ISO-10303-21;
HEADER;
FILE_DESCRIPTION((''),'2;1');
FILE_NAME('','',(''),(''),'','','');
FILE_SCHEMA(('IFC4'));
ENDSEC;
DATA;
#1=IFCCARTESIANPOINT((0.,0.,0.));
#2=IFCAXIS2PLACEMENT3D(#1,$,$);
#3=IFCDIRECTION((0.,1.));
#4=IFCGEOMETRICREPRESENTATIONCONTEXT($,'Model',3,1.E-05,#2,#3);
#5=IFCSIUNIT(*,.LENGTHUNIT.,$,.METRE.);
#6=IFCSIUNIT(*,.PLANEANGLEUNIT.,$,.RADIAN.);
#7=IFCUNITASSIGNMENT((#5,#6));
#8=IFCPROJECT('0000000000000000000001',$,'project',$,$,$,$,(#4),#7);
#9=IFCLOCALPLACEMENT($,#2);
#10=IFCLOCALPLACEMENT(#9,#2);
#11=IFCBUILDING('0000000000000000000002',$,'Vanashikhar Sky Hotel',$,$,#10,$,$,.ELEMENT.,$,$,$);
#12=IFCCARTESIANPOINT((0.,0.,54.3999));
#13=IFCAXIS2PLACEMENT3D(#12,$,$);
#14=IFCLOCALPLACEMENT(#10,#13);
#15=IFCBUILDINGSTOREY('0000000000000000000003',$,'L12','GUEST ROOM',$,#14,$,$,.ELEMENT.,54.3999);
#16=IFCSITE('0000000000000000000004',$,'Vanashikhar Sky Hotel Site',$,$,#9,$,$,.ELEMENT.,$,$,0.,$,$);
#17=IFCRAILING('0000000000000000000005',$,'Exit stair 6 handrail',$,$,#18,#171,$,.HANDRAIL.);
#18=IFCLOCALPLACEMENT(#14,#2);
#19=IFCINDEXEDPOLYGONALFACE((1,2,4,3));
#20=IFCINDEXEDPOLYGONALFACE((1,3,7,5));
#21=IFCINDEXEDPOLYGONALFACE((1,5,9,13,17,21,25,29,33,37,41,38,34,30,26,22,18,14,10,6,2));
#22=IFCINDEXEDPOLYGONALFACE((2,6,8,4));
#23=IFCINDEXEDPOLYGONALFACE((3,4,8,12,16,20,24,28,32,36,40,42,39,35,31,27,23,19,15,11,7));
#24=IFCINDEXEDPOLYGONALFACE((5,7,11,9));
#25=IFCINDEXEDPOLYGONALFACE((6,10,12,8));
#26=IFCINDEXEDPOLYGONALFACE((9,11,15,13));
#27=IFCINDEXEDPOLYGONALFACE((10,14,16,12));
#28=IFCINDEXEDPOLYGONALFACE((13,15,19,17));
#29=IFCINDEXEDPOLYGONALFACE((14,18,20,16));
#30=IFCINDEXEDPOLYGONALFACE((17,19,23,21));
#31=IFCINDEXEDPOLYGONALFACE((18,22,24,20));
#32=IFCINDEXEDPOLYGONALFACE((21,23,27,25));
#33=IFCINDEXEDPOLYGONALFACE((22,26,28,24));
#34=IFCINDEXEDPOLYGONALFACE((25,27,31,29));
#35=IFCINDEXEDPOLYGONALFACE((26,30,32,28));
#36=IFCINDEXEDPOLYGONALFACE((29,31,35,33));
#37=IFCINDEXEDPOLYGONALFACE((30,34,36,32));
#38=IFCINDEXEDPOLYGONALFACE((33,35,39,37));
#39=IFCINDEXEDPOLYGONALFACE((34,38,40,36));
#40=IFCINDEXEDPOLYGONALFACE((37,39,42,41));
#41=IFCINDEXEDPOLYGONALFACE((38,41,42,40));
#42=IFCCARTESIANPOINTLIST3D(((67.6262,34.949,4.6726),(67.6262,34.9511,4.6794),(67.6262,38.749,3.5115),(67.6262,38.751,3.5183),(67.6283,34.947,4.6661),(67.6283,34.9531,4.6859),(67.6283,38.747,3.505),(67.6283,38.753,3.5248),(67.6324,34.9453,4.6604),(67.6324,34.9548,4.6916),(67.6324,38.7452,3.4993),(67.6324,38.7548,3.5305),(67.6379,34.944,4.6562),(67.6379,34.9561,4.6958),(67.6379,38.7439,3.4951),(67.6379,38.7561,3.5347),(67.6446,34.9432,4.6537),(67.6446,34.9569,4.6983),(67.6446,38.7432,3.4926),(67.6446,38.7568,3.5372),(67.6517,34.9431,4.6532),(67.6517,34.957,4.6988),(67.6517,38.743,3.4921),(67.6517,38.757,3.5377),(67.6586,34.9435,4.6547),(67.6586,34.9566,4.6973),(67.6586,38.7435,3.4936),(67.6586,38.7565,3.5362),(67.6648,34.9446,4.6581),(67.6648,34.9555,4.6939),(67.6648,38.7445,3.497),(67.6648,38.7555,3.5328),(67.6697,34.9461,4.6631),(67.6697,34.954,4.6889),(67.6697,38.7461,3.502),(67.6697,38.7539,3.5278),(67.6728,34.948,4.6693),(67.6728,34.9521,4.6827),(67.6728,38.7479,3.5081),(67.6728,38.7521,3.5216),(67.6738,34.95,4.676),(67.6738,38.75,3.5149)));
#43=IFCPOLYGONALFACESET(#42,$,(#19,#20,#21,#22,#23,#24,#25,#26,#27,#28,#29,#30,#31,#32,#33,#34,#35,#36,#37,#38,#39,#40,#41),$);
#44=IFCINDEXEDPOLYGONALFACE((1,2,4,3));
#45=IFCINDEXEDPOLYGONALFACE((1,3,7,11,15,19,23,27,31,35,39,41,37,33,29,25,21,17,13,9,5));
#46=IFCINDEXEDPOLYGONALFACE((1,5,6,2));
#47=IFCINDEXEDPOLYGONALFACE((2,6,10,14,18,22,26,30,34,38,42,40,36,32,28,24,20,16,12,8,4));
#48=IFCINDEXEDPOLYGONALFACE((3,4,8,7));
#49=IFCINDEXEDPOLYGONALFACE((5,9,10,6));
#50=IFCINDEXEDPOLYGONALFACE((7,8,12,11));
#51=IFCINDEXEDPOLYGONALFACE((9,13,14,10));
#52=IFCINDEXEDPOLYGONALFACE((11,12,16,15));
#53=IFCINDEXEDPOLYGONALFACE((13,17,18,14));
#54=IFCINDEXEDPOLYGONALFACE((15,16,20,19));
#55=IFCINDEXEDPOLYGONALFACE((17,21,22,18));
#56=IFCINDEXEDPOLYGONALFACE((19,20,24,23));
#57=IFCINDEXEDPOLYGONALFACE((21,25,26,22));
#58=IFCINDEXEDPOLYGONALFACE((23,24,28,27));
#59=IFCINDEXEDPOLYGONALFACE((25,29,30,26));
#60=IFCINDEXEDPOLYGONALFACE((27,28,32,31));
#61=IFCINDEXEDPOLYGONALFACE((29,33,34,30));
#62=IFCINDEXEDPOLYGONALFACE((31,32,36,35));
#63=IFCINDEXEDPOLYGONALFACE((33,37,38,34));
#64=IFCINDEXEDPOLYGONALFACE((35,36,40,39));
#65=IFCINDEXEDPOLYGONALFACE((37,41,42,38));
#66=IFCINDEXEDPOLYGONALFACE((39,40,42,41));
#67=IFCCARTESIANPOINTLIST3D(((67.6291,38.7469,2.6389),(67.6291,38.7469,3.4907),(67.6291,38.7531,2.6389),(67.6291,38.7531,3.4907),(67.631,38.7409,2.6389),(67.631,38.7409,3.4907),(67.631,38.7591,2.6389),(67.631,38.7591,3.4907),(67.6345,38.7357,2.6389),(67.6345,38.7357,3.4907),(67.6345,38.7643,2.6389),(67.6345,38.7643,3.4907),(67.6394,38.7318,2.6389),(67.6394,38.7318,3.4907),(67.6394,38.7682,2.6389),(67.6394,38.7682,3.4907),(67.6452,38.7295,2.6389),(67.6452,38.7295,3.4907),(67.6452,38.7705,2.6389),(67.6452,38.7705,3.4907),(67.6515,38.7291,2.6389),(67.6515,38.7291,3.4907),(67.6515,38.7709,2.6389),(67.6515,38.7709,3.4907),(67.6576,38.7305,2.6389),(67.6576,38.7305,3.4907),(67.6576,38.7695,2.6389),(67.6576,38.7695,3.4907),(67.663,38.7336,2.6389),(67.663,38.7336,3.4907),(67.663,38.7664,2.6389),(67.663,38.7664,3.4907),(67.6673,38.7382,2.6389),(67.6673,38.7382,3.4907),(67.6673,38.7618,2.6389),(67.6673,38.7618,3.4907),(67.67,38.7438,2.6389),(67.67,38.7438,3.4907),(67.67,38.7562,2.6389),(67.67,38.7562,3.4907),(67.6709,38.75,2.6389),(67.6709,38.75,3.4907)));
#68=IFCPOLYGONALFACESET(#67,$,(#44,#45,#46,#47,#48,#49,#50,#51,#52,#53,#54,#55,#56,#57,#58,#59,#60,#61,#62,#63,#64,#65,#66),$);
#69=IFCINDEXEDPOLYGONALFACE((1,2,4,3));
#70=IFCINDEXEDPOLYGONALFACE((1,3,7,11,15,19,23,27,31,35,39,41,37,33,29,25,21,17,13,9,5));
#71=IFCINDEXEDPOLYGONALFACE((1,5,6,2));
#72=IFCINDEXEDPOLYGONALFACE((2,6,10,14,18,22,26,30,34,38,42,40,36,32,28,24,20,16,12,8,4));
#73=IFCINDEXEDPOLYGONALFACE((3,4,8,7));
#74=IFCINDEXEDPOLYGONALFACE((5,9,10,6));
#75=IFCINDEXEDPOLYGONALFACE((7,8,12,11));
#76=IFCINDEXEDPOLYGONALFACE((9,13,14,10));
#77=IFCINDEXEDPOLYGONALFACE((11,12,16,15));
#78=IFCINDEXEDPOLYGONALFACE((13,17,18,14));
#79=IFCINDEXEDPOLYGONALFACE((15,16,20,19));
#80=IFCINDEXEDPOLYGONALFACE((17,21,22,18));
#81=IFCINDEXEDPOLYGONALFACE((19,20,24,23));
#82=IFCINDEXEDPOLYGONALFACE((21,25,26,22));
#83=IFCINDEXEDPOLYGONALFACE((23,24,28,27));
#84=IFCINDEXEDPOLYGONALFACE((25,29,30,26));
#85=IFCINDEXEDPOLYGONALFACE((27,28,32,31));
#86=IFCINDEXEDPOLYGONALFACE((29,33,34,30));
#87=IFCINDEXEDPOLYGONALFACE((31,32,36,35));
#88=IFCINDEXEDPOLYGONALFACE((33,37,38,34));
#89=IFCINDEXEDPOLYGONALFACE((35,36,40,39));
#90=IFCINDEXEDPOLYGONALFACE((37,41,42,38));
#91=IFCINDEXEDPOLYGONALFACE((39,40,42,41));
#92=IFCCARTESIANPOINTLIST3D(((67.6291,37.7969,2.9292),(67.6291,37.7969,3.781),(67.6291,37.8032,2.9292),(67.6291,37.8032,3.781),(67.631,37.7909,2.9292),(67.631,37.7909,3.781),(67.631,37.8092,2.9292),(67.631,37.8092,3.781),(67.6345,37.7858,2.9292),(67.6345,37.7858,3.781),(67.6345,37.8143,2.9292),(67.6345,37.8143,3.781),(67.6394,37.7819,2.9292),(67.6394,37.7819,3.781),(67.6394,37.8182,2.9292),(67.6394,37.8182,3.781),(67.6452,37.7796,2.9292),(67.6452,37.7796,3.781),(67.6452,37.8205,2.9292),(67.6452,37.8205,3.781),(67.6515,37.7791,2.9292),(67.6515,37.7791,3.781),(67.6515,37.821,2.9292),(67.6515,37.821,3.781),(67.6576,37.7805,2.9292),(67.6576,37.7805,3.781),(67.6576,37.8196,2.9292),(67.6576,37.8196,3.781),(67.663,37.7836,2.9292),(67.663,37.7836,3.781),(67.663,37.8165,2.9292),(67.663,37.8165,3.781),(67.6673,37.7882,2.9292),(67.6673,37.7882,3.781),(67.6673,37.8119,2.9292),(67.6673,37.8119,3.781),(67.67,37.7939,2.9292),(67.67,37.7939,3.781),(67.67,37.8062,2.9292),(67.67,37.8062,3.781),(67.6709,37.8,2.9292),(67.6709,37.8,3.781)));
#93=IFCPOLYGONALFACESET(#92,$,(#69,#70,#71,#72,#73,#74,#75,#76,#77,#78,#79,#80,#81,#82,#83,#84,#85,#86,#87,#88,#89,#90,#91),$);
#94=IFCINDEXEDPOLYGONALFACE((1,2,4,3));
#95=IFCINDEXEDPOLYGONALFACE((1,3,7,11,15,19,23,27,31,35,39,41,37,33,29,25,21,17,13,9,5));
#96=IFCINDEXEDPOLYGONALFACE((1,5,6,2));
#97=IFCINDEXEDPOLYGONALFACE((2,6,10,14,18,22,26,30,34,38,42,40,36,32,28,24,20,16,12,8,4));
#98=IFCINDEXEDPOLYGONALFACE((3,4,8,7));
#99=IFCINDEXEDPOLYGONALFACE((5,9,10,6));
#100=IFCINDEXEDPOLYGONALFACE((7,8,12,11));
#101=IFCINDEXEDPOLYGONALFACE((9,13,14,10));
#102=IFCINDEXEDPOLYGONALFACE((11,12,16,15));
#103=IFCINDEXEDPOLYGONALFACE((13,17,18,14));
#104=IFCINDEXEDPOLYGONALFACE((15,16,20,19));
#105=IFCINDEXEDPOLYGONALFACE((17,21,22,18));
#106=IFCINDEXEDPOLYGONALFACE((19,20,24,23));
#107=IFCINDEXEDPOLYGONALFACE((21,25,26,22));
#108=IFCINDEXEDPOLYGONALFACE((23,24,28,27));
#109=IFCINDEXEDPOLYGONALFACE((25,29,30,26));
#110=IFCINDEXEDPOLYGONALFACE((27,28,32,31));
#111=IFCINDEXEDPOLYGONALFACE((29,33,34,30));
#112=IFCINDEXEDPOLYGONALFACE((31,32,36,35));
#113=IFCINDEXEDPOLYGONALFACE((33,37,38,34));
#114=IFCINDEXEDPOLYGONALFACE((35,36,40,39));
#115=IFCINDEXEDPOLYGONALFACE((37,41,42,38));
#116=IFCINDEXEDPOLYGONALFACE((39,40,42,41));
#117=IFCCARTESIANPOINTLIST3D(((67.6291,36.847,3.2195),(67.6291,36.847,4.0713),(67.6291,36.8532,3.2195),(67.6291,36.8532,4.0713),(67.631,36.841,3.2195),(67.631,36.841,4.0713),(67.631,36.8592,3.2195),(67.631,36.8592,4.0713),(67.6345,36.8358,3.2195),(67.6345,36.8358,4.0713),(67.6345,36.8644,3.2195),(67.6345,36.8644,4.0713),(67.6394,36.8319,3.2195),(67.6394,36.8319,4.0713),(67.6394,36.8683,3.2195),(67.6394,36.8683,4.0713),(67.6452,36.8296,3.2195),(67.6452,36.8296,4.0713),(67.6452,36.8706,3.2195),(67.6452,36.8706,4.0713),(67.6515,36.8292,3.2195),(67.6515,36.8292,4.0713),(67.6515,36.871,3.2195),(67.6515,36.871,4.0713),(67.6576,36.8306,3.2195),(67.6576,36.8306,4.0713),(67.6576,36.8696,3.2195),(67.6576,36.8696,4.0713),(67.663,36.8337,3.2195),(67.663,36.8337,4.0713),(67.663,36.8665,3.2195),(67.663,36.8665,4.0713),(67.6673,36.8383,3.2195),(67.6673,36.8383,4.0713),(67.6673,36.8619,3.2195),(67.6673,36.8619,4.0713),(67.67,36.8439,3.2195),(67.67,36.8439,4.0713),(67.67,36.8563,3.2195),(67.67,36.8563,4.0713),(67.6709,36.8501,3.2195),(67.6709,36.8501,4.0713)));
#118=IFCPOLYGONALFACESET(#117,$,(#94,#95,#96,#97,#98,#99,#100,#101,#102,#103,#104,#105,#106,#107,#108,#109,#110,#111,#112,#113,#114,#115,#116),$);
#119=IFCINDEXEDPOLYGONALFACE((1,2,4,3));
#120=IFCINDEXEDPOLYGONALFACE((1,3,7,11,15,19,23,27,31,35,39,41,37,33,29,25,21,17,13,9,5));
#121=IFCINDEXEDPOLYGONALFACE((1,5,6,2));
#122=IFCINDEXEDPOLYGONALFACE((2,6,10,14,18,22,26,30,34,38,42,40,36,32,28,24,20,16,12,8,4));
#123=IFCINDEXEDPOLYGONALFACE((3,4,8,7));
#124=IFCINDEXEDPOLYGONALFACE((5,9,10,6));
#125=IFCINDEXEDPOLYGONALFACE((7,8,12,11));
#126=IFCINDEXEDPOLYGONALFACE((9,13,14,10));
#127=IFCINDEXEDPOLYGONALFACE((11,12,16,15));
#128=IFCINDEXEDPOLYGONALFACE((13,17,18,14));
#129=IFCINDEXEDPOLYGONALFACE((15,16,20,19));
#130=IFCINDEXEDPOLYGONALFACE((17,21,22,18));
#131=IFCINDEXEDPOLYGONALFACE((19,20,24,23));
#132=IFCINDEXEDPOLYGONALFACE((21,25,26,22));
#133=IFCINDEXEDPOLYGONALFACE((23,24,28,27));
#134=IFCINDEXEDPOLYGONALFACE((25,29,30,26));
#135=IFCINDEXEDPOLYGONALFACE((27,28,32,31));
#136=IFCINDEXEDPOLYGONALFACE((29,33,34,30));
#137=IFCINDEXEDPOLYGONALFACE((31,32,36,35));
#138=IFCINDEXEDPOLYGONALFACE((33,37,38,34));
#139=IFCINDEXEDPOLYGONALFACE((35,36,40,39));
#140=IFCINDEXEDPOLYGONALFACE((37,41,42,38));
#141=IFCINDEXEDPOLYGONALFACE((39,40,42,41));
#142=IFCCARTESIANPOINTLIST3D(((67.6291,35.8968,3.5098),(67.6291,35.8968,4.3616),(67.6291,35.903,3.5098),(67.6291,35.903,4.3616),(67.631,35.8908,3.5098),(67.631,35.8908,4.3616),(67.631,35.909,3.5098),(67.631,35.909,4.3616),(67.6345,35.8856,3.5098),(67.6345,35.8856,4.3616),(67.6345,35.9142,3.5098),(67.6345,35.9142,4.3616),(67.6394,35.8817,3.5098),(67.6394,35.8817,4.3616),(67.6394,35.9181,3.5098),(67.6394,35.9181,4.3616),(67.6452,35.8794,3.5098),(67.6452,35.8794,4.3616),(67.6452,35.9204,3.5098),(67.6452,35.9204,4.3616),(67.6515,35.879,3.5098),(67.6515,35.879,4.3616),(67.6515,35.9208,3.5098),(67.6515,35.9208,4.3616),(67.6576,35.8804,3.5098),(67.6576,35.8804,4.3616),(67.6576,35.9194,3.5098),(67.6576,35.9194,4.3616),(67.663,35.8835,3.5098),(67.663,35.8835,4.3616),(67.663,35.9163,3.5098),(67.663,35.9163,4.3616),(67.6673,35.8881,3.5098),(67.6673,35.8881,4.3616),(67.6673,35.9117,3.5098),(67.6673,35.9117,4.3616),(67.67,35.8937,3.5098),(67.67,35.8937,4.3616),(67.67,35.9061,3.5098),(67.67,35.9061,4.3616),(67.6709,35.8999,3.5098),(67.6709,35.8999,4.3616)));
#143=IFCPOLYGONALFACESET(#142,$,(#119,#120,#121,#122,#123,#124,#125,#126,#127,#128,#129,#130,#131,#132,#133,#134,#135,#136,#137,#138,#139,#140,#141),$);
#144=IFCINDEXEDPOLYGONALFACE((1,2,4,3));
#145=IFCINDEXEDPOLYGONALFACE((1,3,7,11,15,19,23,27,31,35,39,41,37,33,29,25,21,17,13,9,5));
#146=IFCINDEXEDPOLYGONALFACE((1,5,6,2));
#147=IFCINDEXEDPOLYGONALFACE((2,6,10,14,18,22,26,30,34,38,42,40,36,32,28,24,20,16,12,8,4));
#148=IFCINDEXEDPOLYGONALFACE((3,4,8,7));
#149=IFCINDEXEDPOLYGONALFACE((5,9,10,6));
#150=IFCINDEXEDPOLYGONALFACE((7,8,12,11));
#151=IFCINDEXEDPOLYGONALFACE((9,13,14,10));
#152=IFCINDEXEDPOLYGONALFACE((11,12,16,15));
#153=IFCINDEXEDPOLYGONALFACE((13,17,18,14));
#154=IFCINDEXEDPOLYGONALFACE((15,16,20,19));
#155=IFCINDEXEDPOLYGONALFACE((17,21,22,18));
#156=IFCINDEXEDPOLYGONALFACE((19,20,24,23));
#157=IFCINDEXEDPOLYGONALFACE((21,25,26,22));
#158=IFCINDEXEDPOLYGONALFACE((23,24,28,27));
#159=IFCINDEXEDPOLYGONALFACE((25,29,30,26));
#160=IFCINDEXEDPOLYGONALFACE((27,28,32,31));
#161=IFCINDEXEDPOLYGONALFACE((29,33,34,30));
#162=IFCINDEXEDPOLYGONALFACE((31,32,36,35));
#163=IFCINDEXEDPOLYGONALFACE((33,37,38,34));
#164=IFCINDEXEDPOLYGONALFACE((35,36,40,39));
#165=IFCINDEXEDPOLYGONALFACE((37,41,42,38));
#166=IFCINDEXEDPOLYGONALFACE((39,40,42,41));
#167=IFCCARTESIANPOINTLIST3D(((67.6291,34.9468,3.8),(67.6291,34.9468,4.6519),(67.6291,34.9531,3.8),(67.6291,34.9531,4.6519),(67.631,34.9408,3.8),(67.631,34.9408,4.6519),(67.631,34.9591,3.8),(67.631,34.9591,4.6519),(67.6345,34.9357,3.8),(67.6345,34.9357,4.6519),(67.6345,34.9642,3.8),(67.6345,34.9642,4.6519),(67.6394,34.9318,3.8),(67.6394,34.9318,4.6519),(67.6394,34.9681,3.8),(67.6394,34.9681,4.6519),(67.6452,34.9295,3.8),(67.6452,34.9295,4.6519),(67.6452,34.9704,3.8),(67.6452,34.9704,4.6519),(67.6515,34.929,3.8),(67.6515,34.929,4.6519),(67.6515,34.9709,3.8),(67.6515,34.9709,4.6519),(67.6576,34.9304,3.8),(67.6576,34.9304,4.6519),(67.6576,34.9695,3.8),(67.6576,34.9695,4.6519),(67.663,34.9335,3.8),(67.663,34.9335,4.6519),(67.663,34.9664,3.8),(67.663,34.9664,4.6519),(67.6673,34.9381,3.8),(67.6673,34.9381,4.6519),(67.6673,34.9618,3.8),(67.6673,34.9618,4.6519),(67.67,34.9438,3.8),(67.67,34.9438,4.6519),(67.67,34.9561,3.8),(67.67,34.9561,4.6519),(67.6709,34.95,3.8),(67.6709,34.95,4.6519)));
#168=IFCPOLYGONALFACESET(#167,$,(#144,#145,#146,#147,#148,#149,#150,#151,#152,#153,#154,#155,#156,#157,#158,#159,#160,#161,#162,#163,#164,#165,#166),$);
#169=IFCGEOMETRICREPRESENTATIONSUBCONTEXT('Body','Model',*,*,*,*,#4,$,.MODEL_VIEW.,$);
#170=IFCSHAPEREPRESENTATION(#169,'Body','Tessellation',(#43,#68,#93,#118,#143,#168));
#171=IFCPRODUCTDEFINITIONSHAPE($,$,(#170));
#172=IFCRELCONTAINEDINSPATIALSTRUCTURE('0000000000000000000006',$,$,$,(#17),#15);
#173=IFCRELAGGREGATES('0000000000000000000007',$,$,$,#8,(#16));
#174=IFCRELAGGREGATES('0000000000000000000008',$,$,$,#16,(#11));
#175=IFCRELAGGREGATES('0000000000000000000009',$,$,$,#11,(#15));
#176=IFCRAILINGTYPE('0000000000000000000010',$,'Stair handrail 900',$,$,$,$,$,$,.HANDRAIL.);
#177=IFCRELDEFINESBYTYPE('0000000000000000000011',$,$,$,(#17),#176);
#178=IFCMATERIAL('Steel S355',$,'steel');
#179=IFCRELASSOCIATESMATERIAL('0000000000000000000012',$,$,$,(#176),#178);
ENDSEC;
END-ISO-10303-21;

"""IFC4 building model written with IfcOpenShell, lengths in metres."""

from ifc_helpers import new_model, si_unit, direction, frame, origin, origin_2d, place, context, subcontext, project, spatial, circle, extrude, source, transform, mapped, material, type_object, element, save


model = new_model("IFC4")

# Units and contexts
model_context = context("Model", 3, precision=1e-05, world=origin(), true_north=direction((0.0, 1.0)))
body_context = subcontext(model_context, "Body", "Model", "MODEL_VIEW")
ifc_project = project(units=[si_unit("LENGTHUNIT", "METRE"), si_unit("PLANEANGLEUNIT", "RADIAN")], contexts=[model_context])

# Site, building, storey
site_placement = place(None, origin())
site = spatial("IfcSite", under=ifc_project, at=site_placement, Name="Vanashikhar Sky Hotel Site", CompositionType="ELEMENT", RefElevation=0.0)
building_placement = place(site_placement, origin())
building = spatial("IfcBuilding", under=site, at=building_placement, Name="Vanashikhar Sky Hotel", CompositionType="ELEMENT")
storey_placement = place(building_placement, frame((0.0, 0.0, 54.3999)))
storey = spatial("IfcBuildingStorey", under=building, at=storey_placement, Name="L12", Description="GUEST ROOM", CompositionType="ELEMENT", Elevation=54.3999)

# Railing
ifc_material_1 = material(Name="Steel S355", Category="steel")
railing_type_1 = type_object("IfcRailingType", Name="Stair handrail 900", PredefinedType="HANDRAIL", material=ifc_material_1)
shared_shape_1 = source(origin(), body_context, "Body", "SweptSolid", [
    extrude(circle(Radius=0.0239, at=origin_2d()), frame((0.0, 0.0, 0.876), z_axis=(0.0, -0.956351, 0.29222), x_axis=(1.0, 0.0, 0.0)), (0.0, 0.0, 1.0), 3.9734),
    extrude(circle(Radius=0.021, at=origin_2d()), origin(), (0.0, 0.0, 1.0), 0.8518),
    extrude(circle(Radius=0.021, at=origin_2d()), frame((0.0, -0.95, 0.2903)), (0.0, 0.0, 1.0), 0.8518),
    extrude(circle(Radius=0.021, at=origin_2d()), frame((0.0, -1.8999, 0.5806)), (0.0, 0.0, 1.0), 0.8518),
    extrude(circle(Radius=0.021, at=origin_2d()), frame((0.0, -2.8501, 0.8708)), (0.0, 0.0, 1.0), 0.8518),
    extrude(circle(Radius=0.021, at=origin_2d()), frame((0.0, -3.8, 1.1611)), (0.0, 0.0, 1.0), 0.8518),
])
for number, where, name in (
    (1, (67.6499, 38.75, 2.6389), "Exit stair 6 handrail"),
):
    element("IfcRailing", number, at=place(storey_placement, frame(where)), inside=storey, type_object=railing_type_1, Name=name, PredefinedType="HANDRAIL", context=body_context, shape_type="MappedRepresentation", body=[
        mapped(shared_shape_1, transform((0.0, 0.0, 0.0), scale=1.0)),
    ])

save(model, "model.ifc")
